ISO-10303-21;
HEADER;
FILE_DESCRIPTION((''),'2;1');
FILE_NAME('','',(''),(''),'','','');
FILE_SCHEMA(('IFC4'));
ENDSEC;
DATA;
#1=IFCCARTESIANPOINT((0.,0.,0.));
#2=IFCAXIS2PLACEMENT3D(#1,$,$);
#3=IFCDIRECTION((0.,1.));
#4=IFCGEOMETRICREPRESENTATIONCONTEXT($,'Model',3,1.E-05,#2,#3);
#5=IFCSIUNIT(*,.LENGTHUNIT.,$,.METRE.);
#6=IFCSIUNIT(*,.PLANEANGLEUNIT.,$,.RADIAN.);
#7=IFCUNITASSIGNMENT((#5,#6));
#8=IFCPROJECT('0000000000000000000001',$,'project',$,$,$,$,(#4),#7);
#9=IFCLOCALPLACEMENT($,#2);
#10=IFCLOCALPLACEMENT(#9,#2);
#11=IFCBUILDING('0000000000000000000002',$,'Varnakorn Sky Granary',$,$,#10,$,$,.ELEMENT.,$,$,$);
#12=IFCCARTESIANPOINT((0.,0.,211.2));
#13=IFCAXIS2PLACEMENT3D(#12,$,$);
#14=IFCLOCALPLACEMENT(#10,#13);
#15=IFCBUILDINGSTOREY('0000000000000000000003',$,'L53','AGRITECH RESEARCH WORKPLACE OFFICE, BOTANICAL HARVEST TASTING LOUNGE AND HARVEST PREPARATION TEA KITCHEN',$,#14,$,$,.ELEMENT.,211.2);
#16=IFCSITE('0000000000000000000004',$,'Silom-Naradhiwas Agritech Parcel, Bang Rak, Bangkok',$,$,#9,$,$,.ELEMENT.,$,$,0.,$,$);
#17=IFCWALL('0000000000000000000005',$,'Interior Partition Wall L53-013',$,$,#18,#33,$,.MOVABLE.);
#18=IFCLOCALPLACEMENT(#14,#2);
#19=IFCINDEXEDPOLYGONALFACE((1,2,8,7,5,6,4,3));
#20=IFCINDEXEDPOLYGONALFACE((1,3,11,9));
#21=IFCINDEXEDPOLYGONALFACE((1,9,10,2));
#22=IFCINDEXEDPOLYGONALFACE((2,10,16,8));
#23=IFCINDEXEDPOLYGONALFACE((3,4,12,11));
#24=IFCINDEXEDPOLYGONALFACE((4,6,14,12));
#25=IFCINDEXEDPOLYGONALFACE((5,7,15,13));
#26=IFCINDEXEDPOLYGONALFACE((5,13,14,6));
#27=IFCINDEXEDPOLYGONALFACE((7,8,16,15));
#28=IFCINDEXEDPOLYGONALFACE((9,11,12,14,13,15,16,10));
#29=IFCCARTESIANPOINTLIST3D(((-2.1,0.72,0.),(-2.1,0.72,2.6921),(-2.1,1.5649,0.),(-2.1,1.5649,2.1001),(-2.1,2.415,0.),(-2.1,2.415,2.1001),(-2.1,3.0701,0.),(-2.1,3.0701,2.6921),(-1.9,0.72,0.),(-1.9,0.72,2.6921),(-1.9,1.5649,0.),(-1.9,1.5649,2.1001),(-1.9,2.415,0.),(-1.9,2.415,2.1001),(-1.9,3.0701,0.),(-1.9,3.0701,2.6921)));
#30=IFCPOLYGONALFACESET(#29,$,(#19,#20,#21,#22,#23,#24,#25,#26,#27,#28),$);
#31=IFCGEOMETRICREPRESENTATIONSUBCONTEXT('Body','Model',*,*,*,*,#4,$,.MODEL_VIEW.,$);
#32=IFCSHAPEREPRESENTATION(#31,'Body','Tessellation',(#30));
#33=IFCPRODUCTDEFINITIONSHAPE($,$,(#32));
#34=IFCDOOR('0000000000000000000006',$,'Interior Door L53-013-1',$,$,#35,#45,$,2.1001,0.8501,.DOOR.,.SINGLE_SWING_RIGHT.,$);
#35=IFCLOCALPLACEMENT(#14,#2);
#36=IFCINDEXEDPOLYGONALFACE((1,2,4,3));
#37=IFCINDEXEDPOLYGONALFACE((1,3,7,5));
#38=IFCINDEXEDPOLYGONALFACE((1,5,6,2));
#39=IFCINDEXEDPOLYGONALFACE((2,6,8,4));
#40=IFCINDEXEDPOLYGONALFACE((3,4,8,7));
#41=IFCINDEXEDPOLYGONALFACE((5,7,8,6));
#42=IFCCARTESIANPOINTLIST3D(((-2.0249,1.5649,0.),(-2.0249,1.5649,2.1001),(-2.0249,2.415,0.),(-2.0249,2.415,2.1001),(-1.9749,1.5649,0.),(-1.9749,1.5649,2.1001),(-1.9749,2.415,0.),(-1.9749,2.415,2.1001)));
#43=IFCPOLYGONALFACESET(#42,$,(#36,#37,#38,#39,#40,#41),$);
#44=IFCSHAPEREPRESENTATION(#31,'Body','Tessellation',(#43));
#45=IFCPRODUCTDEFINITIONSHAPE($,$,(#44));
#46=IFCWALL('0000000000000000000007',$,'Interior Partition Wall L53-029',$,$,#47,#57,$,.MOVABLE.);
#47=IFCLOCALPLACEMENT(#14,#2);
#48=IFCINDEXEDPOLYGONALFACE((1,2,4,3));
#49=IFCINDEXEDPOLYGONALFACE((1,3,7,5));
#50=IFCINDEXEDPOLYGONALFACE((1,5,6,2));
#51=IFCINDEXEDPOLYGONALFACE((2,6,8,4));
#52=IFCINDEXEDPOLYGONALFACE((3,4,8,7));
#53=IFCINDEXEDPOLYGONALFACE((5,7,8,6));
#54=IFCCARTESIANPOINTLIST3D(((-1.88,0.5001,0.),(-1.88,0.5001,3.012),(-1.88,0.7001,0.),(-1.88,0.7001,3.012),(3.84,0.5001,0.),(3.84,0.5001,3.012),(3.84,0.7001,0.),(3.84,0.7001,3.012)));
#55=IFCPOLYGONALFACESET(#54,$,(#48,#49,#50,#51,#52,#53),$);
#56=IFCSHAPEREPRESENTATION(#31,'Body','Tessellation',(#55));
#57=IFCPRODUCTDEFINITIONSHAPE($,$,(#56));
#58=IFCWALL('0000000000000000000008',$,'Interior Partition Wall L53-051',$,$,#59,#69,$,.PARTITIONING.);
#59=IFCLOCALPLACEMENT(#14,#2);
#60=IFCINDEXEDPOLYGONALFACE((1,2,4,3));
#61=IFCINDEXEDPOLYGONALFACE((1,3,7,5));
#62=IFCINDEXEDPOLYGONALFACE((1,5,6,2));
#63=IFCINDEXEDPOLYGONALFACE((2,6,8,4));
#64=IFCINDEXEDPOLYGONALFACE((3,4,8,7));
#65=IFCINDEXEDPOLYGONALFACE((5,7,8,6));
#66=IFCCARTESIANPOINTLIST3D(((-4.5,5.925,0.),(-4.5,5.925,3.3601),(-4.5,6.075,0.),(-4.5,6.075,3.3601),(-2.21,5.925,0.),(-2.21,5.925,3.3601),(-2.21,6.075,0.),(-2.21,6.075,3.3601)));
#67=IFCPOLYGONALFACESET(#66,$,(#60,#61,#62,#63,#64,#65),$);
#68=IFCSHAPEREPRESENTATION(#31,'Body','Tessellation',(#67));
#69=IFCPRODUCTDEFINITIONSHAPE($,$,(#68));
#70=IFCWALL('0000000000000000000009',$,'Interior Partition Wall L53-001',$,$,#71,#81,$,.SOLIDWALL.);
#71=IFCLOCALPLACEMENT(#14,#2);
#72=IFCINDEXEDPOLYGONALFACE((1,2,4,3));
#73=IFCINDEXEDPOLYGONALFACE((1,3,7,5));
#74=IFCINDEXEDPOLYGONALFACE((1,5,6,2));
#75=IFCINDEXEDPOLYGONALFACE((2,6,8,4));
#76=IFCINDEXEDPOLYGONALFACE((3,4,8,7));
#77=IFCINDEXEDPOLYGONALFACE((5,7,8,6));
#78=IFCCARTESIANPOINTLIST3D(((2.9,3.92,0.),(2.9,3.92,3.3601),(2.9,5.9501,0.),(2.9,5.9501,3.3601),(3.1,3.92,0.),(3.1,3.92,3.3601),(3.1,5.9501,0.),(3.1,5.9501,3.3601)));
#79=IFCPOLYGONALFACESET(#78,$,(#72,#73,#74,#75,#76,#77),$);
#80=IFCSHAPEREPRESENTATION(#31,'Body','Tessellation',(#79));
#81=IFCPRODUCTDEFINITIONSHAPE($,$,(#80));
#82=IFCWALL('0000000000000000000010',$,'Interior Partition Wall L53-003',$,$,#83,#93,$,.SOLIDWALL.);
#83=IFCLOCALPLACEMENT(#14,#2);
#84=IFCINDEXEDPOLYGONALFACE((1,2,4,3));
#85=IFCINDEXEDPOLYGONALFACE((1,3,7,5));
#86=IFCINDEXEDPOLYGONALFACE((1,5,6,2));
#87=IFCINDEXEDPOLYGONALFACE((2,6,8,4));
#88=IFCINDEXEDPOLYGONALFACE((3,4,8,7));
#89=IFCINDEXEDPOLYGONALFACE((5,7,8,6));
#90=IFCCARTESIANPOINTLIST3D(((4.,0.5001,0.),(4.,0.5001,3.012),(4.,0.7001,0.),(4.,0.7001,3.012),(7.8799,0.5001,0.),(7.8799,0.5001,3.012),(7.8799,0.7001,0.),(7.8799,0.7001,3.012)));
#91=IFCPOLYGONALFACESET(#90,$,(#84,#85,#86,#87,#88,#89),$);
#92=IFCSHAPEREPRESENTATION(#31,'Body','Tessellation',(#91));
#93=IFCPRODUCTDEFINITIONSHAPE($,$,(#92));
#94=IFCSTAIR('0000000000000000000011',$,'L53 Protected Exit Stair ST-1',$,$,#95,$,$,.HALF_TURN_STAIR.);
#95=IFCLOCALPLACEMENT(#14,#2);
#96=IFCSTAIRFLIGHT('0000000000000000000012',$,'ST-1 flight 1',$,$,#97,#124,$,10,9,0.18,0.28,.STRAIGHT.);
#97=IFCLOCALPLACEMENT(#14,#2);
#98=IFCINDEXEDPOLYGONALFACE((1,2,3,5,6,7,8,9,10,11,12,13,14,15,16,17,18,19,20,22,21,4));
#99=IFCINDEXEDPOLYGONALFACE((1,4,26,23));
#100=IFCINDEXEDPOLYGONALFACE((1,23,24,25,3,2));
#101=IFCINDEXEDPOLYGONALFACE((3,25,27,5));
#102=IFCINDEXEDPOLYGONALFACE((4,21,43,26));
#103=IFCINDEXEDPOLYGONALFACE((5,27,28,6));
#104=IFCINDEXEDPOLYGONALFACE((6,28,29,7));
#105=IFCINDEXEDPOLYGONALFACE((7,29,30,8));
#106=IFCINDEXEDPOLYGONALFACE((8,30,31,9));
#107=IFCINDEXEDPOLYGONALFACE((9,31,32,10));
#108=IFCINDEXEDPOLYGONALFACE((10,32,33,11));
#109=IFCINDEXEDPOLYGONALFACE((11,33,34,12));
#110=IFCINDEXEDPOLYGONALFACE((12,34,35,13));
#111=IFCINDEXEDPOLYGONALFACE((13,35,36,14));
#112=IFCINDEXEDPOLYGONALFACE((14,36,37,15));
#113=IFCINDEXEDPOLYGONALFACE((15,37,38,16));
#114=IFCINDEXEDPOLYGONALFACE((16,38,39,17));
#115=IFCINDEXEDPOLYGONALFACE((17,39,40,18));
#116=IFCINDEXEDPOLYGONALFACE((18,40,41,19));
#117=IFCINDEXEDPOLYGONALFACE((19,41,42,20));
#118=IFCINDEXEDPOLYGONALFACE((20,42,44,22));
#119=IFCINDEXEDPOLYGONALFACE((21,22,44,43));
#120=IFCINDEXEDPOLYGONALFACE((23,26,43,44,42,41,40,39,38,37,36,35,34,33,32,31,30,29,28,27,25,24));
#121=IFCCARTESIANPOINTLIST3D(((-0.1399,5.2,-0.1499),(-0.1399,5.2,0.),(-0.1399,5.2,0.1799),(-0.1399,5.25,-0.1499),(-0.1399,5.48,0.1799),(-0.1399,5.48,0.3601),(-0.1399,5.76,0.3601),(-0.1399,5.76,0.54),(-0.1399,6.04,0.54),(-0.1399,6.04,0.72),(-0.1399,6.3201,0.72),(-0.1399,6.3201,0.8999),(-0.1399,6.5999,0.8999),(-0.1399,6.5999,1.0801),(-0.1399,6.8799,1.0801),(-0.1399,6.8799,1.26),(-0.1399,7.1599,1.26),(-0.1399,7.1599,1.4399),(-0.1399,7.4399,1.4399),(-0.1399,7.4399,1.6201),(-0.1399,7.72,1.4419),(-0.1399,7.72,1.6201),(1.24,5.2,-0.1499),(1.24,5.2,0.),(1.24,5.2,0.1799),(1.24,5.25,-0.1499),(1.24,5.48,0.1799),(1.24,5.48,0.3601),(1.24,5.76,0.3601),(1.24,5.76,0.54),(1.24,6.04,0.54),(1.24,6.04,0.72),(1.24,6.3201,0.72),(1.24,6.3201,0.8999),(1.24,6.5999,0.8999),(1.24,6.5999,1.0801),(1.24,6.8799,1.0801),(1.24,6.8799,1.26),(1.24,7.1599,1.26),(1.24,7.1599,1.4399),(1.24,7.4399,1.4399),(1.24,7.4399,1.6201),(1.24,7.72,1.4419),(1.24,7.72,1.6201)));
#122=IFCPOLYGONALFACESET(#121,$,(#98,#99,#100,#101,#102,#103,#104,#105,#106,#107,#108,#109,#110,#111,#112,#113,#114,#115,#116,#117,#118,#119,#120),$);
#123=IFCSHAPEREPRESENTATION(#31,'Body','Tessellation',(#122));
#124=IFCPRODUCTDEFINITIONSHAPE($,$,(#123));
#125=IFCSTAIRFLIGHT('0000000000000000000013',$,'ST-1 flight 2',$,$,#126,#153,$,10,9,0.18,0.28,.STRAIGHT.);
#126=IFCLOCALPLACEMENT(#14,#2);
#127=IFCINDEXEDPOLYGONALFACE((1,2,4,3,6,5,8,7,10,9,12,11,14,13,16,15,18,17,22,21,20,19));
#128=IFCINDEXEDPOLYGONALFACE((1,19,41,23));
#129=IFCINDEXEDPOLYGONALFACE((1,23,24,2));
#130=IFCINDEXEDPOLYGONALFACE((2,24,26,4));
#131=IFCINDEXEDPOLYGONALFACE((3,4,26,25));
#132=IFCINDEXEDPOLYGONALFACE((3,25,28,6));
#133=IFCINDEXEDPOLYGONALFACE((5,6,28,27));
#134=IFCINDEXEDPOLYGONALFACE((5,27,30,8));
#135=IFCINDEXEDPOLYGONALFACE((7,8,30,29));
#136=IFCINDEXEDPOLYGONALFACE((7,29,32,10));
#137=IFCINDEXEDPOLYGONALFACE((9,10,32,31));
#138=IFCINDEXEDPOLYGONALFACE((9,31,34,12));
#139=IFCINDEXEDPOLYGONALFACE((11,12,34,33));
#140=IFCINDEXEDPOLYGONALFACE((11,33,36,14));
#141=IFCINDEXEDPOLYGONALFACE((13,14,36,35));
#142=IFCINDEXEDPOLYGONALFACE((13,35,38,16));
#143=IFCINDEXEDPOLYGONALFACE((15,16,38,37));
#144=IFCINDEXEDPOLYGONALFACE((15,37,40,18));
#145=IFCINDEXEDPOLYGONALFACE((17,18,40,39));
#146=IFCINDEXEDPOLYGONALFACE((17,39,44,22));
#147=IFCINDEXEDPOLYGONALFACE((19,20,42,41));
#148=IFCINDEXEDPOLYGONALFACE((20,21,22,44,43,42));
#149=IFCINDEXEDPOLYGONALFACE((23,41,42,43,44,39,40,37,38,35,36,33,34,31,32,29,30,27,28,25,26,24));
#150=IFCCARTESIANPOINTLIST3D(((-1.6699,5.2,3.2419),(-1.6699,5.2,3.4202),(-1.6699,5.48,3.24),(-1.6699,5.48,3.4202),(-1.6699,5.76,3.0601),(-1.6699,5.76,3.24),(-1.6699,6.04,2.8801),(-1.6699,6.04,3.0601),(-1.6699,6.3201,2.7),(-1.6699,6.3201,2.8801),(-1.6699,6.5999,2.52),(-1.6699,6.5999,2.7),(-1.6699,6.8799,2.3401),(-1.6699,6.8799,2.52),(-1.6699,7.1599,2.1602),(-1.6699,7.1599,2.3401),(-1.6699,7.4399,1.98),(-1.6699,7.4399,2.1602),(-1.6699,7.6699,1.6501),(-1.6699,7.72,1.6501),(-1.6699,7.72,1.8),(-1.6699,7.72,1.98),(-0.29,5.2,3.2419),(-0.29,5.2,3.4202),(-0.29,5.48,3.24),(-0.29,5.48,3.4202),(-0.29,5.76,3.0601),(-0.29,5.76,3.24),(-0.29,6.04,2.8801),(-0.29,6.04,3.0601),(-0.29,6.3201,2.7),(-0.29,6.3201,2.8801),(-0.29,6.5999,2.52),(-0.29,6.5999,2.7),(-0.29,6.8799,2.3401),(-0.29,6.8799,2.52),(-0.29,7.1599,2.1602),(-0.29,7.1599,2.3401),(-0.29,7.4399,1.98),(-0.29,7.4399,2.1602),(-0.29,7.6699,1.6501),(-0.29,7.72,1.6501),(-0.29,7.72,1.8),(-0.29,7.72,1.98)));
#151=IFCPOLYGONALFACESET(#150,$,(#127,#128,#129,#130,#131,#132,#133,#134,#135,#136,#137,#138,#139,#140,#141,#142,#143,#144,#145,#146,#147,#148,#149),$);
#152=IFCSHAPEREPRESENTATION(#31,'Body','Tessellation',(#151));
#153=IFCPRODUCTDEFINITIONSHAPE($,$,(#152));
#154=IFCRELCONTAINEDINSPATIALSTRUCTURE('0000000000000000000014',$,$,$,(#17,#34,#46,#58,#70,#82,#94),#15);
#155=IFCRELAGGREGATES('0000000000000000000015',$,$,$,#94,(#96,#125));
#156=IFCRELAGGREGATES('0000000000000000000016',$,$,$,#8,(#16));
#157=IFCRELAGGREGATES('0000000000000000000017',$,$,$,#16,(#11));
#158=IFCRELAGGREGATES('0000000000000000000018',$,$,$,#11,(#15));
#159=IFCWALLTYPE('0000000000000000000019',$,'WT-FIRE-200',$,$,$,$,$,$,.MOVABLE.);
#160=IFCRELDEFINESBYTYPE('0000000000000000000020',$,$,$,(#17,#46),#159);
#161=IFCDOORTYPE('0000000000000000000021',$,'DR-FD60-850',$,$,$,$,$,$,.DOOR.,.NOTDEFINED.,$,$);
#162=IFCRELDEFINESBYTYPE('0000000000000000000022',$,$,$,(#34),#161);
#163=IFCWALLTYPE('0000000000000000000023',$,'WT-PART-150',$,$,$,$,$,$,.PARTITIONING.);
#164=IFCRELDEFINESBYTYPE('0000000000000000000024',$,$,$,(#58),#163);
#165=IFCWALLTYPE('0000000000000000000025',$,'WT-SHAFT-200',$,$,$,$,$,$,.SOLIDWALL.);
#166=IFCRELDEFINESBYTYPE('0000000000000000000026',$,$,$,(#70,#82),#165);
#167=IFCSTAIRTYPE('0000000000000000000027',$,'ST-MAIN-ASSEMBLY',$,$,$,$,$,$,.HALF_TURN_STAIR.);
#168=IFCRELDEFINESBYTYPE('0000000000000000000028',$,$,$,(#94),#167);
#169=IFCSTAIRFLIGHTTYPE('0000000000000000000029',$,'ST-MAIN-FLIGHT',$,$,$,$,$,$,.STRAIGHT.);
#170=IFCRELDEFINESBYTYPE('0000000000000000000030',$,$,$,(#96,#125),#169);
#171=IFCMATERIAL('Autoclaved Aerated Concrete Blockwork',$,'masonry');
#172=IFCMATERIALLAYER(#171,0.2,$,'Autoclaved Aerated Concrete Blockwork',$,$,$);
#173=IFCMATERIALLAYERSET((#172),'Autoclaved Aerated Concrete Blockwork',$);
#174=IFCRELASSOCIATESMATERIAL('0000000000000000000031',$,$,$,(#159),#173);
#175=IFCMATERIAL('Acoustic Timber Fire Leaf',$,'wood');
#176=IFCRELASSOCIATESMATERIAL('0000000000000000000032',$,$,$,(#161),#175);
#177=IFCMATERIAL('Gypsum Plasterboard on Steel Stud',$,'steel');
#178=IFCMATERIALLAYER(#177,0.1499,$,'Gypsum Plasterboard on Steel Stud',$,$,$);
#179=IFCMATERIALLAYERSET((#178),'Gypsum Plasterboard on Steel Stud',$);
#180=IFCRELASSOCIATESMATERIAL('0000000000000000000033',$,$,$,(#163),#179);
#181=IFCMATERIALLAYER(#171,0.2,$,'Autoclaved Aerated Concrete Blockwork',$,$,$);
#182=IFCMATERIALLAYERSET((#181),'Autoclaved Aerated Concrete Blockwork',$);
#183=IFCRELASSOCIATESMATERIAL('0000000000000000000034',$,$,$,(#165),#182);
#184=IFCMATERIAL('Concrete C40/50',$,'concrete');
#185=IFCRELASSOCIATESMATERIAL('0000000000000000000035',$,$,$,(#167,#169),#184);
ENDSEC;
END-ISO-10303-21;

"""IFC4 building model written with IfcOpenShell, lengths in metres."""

from ifc_helpers import new_model, si_unit, direction, frame, frame_2d, origin, place, context, subcontext, project, spatial, polyline, rectangle, outline, extrude, material, layer, layer_set, type_object, element, fill, aggregate, save


model = new_model("IFC4")

# Units and contexts
model_context = context("Model", 3, precision=1e-05, world=origin(), true_north=direction((0.0, 1.0)))
body_context = subcontext(model_context, "Body", "Model", "MODEL_VIEW")
ifc_project = project(units=[si_unit("LENGTHUNIT", "METRE"), si_unit("PLANEANGLEUNIT", "RADIAN")], contexts=[model_context])

# Site, building, storey
site_placement = place(None, origin())
site = spatial("IfcSite", under=ifc_project, at=site_placement, Name="Silom-Naradhiwas Agritech Parcel, Bang Rak, Bangkok", CompositionType="ELEMENT", RefElevation=0.0)
building_placement = place(site_placement, origin())
building = spatial("IfcBuilding", under=site, at=building_placement, Name="Varnakorn Sky Granary", CompositionType="ELEMENT")
storey_placement = place(building_placement, frame((0.0, 0.0, 211.2)))
storey = spatial("IfcBuildingStorey", under=building, at=storey_placement, Name="L53", Description="AGRITECH RESEARCH WORKPLACE OFFICE, BOTANICAL HARVEST TASTING LOUNGE AND HARVEST PREPARATION TEA KITCHEN", CompositionType="ELEMENT", Elevation=211.2)

# Shared definitions
ifc_material_1 = material(Name="Autoclaved Aerated Concrete Blockwork", Category="masonry")
ifc_layer_1 = layer(ifc_material_1, 0.2, Name="Autoclaved Aerated Concrete Blockwork")
ifc_layer_set_1 = layer_set([ifc_layer_1], Name="Autoclaved Aerated Concrete Blockwork")
wall_type_1 = type_object("IfcWallType", Name="WT-FIRE-200", PredefinedType="MOVABLE", material=ifc_layer_set_1)
ifc_material_2 = material(Name="Acoustic Timber Fire Leaf", Category="wood")
door_type_1 = type_object("IfcDoorType", Name="DR-FD60-850", OperationType="NOTDEFINED", PredefinedType="DOOR", material=ifc_material_2)

# Wall, opening, door
wall_1_placement = place(storey_placement, frame((-2.0, 0.72, 0.0), z_axis=(0.0, 0.0, 1.0), x_axis=(0.0, 1.0, 0.0)))
wall_1 = element("IfcWall", 1, at=wall_1_placement, inside=storey, type_object=wall_type_1, Name="Interior Partition Wall L53-013", PredefinedType="MOVABLE", context=body_context, shape_type="SweptSolid", body=[
    extrude(rectangle(XDim=2.3501, YDim=0.2, at=frame_2d((1.175, 0.0))), origin(), (0.0, 0.0, 1.0), 2.6921),
])
opening_1_placement = place(wall_1_placement, frame((0.845, 0.0, 0.0)))
opening_1 = element("IfcOpeningElement", 2, at=opening_1_placement, cuts=wall_1, PredefinedType="OPENING", context=body_context, shape_type="SweptSolid", body=[
    extrude(rectangle(XDim=0.8501, YDim=2.1001, at=frame_2d((0.425, 1.05))), frame((0.0, 0.1099, 0.0), z_axis=(0.0, -1.0, 0.0), x_axis=(1.0, 0.0, 0.0)), (0.0, 0.0, 1.0), 0.22),
])
door_1_placement = place(opening_1_placement, origin())
door_1 = element("IfcDoor", 3, at=door_1_placement, inside=storey, type_object=door_type_1, Name="Interior Door L53-013-1", OperationType="SINGLE_SWING_RIGHT", OverallHeight=2.1001, OverallWidth=0.8501, PredefinedType="DOOR", context=body_context, shape_type="SweptSolid", body=[
    extrude(rectangle(XDim=0.8501, YDim=2.1001, at=frame_2d((0.425, 1.05))), frame((0.0, 0.0249, 0.0), z_axis=(0.0, -1.0, 0.0), x_axis=(1.0, 0.0, 0.0)), (0.0, 0.0, 1.0), 0.05),
])
fill(opening_1, door_1)

# Walls
wall_2_placement = place(storey_placement, frame((-1.8799, 0.6001, 0.0), z_axis=(0.0, 0.0, 1.0), x_axis=(1.0, 0.0, 0.0)))
element("IfcWall", 4, at=wall_2_placement, inside=storey, type_object=wall_type_1, Name="Interior Partition Wall L53-029", PredefinedType="MOVABLE", context=body_context, shape_type="SweptSolid", body=[
    extrude(rectangle(XDim=5.72, YDim=0.2, at=frame_2d((2.8599, 0.0))), origin(), (0.0, 0.0, 1.0), 3.012),
])
ifc_material_3 = material(Name="Gypsum Plasterboard on Steel Stud", Category="steel")
ifc_layer_2 = layer(ifc_material_3, 0.1499, Name="Gypsum Plasterboard on Steel Stud")
ifc_layer_set_2 = layer_set([ifc_layer_2], Name="Gypsum Plasterboard on Steel Stud")
wall_type_2 = type_object("IfcWallType", Name="WT-PART-150", PredefinedType="PARTITIONING", material=ifc_layer_set_2)
wall_3_placement = place(storey_placement, frame((-2.21, 6.0, 0.0), z_axis=(0.0, 0.0, 1.0), x_axis=(-1.0, 0.0, 0.0)))
element("IfcWall", 5, at=wall_3_placement, inside=storey, type_object=wall_type_2, Name="Interior Partition Wall L53-051", PredefinedType="PARTITIONING", context=body_context, shape_type="SweptSolid", body=[
    extrude(rectangle(XDim=2.29, YDim=0.1499, at=frame_2d((1.145, 0.0))), origin(), (0.0, 0.0, 1.0), 3.3601),
])
ifc_layer_3 = layer(ifc_material_1, 0.2, Name="Autoclaved Aerated Concrete Blockwork")
ifc_layer_set_3 = layer_set([ifc_layer_3], Name="Autoclaved Aerated Concrete Blockwork")
wall_type_3 = type_object("IfcWallType", Name="WT-SHAFT-200", PredefinedType="SOLIDWALL", material=ifc_layer_set_3)
wall_4_placement = place(storey_placement, frame((3.0, 3.9199, 0.0), z_axis=(0.0, 0.0, 1.0), x_axis=(0.0, 1.0, 0.0)))
element("IfcWall", 6, at=wall_4_placement, inside=storey, type_object=wall_type_3, Name="Interior Partition Wall L53-001", PredefinedType="SOLIDWALL", context=body_context, shape_type="SweptSolid", body=[
    extrude(rectangle(XDim=2.03, YDim=0.2, at=frame_2d((1.0151, 0.0))), origin(), (0.0, 0.0, 1.0), 3.3601),
])
wall_5_placement = place(storey_placement, frame((4.0, 0.6001, 0.0), z_axis=(0.0, 0.0, 1.0), x_axis=(1.0, 0.0, 0.0)))
element("IfcWall", 7, at=wall_5_placement, inside=storey, type_object=wall_type_3, Name="Interior Partition Wall L53-003", PredefinedType="SOLIDWALL", context=body_context, shape_type="SweptSolid", body=[
    extrude(rectangle(XDim=3.8799, YDim=0.2, at=frame_2d((1.9399, 0.0))), origin(), (0.0, 0.0, 1.0), 3.012),
])

# Stair, stair flights
ifc_material_4 = material(Name="Concrete C40/50", Category="concrete")
stair_type = type_object("IfcStairType", Name="ST-MAIN-ASSEMBLY", PredefinedType="HALF_TURN_STAIR", material=ifc_material_4)
stair_placement = place(storey_placement, origin())
stair = element("IfcStair", 8, at=stair_placement, inside=storey, type_object=stair_type, Name="L53 Protected Exit Stair ST-1", PredefinedType="HALF_TURN_STAIR")
stair_flight_type = type_object("IfcStairFlightType", Name="ST-MAIN-FLIGHT", PredefinedType="STRAIGHT", material=ifc_material_4)
stair_flight_1_placement = place(storey_placement, frame((0.55, 5.2, 0.0), z_axis=(0.0, 0.0, 1.0), x_axis=(0.0, 1.0, 0.0)))
stair_flight_1 = element("IfcStairFlight", 9, at=stair_flight_1_placement, type_object=stair_flight_type, Name="ST-1 flight 1", NumberOfRisers=10, NumberOfTreads=9, PredefinedType="STRAIGHT", RiserHeight=0.18, TreadLength=0.28, context=body_context, shape_type="SweptSolid", body=[
    extrude(outline(polyline([(0.0, -0.1499), (0.0, 0.0), (0.0, 0.1799), (0.28, 0.1799), (0.28, 0.3601), (0.5601, 0.3601), (0.5601, 0.54), (0.8401, 0.54), (0.8401, 0.72), (1.1201, 0.72), (1.1201, 0.8999), (1.3999, 0.8999), (1.3999, 1.0801), (1.6799, 1.0801), (1.6799, 1.26), (1.96, 1.26), (1.96, 1.4399), (2.24, 1.4399), (2.24, 1.6201), (2.52, 1.6201), (2.52, 1.8), (2.52, 1.4419), (0.05, -0.1499), (0.0, -0.1499)])), frame((0.0, 0.6899, 0.0), z_axis=(0.0, -1.0, 0.0), x_axis=(1.0, 0.0, 0.0)), (0.0, 0.0, 1.0), 1.3799),
])
stair_flight_2_placement = place(storey_placement, frame((-0.98, 7.72, 1.8), z_axis=(0.0, 0.0, 1.0), x_axis=(0.0, -1.0, 0.0)))
stair_flight_2 = element("IfcStairFlight", 10, at=stair_flight_2_placement, type_object=stair_flight_type, Name="ST-1 flight 2", NumberOfRisers=10, NumberOfTreads=9, PredefinedType="STRAIGHT", RiserHeight=0.18, TreadLength=0.28, context=body_context, shape_type="SweptSolid", body=[
    extrude(outline(polyline([(0.0, -0.1499), (0.0, 0.0), (0.0, 0.1799), (0.28, 0.1799), (0.28, 0.3601), (0.5601, 0.3601), (0.5601, 0.54), (0.8401, 0.54), (0.8401, 0.72), (1.1201, 0.72), (1.1201, 0.8999), (1.3999, 0.8999), (1.3999, 1.0801), (1.6799, 1.0801), (1.6799, 1.26), (1.96, 1.26), (1.96, 1.4399), (2.24, 1.4399), (2.24, 1.6201), (2.52, 1.6201), (2.52, 1.8), (2.52, 1.4419), (0.05, -0.1499), (0.0, -0.1499)])), frame((0.0, 0.6899, 0.0), z_axis=(0.0, -1.0, 0.0), x_axis=(1.0, 0.0, 0.0)), (0.0, 0.0, 1.0), 1.3799),
])
aggregate(stair, [stair_flight_1, stair_flight_2])

save(model, "model.ifc")
